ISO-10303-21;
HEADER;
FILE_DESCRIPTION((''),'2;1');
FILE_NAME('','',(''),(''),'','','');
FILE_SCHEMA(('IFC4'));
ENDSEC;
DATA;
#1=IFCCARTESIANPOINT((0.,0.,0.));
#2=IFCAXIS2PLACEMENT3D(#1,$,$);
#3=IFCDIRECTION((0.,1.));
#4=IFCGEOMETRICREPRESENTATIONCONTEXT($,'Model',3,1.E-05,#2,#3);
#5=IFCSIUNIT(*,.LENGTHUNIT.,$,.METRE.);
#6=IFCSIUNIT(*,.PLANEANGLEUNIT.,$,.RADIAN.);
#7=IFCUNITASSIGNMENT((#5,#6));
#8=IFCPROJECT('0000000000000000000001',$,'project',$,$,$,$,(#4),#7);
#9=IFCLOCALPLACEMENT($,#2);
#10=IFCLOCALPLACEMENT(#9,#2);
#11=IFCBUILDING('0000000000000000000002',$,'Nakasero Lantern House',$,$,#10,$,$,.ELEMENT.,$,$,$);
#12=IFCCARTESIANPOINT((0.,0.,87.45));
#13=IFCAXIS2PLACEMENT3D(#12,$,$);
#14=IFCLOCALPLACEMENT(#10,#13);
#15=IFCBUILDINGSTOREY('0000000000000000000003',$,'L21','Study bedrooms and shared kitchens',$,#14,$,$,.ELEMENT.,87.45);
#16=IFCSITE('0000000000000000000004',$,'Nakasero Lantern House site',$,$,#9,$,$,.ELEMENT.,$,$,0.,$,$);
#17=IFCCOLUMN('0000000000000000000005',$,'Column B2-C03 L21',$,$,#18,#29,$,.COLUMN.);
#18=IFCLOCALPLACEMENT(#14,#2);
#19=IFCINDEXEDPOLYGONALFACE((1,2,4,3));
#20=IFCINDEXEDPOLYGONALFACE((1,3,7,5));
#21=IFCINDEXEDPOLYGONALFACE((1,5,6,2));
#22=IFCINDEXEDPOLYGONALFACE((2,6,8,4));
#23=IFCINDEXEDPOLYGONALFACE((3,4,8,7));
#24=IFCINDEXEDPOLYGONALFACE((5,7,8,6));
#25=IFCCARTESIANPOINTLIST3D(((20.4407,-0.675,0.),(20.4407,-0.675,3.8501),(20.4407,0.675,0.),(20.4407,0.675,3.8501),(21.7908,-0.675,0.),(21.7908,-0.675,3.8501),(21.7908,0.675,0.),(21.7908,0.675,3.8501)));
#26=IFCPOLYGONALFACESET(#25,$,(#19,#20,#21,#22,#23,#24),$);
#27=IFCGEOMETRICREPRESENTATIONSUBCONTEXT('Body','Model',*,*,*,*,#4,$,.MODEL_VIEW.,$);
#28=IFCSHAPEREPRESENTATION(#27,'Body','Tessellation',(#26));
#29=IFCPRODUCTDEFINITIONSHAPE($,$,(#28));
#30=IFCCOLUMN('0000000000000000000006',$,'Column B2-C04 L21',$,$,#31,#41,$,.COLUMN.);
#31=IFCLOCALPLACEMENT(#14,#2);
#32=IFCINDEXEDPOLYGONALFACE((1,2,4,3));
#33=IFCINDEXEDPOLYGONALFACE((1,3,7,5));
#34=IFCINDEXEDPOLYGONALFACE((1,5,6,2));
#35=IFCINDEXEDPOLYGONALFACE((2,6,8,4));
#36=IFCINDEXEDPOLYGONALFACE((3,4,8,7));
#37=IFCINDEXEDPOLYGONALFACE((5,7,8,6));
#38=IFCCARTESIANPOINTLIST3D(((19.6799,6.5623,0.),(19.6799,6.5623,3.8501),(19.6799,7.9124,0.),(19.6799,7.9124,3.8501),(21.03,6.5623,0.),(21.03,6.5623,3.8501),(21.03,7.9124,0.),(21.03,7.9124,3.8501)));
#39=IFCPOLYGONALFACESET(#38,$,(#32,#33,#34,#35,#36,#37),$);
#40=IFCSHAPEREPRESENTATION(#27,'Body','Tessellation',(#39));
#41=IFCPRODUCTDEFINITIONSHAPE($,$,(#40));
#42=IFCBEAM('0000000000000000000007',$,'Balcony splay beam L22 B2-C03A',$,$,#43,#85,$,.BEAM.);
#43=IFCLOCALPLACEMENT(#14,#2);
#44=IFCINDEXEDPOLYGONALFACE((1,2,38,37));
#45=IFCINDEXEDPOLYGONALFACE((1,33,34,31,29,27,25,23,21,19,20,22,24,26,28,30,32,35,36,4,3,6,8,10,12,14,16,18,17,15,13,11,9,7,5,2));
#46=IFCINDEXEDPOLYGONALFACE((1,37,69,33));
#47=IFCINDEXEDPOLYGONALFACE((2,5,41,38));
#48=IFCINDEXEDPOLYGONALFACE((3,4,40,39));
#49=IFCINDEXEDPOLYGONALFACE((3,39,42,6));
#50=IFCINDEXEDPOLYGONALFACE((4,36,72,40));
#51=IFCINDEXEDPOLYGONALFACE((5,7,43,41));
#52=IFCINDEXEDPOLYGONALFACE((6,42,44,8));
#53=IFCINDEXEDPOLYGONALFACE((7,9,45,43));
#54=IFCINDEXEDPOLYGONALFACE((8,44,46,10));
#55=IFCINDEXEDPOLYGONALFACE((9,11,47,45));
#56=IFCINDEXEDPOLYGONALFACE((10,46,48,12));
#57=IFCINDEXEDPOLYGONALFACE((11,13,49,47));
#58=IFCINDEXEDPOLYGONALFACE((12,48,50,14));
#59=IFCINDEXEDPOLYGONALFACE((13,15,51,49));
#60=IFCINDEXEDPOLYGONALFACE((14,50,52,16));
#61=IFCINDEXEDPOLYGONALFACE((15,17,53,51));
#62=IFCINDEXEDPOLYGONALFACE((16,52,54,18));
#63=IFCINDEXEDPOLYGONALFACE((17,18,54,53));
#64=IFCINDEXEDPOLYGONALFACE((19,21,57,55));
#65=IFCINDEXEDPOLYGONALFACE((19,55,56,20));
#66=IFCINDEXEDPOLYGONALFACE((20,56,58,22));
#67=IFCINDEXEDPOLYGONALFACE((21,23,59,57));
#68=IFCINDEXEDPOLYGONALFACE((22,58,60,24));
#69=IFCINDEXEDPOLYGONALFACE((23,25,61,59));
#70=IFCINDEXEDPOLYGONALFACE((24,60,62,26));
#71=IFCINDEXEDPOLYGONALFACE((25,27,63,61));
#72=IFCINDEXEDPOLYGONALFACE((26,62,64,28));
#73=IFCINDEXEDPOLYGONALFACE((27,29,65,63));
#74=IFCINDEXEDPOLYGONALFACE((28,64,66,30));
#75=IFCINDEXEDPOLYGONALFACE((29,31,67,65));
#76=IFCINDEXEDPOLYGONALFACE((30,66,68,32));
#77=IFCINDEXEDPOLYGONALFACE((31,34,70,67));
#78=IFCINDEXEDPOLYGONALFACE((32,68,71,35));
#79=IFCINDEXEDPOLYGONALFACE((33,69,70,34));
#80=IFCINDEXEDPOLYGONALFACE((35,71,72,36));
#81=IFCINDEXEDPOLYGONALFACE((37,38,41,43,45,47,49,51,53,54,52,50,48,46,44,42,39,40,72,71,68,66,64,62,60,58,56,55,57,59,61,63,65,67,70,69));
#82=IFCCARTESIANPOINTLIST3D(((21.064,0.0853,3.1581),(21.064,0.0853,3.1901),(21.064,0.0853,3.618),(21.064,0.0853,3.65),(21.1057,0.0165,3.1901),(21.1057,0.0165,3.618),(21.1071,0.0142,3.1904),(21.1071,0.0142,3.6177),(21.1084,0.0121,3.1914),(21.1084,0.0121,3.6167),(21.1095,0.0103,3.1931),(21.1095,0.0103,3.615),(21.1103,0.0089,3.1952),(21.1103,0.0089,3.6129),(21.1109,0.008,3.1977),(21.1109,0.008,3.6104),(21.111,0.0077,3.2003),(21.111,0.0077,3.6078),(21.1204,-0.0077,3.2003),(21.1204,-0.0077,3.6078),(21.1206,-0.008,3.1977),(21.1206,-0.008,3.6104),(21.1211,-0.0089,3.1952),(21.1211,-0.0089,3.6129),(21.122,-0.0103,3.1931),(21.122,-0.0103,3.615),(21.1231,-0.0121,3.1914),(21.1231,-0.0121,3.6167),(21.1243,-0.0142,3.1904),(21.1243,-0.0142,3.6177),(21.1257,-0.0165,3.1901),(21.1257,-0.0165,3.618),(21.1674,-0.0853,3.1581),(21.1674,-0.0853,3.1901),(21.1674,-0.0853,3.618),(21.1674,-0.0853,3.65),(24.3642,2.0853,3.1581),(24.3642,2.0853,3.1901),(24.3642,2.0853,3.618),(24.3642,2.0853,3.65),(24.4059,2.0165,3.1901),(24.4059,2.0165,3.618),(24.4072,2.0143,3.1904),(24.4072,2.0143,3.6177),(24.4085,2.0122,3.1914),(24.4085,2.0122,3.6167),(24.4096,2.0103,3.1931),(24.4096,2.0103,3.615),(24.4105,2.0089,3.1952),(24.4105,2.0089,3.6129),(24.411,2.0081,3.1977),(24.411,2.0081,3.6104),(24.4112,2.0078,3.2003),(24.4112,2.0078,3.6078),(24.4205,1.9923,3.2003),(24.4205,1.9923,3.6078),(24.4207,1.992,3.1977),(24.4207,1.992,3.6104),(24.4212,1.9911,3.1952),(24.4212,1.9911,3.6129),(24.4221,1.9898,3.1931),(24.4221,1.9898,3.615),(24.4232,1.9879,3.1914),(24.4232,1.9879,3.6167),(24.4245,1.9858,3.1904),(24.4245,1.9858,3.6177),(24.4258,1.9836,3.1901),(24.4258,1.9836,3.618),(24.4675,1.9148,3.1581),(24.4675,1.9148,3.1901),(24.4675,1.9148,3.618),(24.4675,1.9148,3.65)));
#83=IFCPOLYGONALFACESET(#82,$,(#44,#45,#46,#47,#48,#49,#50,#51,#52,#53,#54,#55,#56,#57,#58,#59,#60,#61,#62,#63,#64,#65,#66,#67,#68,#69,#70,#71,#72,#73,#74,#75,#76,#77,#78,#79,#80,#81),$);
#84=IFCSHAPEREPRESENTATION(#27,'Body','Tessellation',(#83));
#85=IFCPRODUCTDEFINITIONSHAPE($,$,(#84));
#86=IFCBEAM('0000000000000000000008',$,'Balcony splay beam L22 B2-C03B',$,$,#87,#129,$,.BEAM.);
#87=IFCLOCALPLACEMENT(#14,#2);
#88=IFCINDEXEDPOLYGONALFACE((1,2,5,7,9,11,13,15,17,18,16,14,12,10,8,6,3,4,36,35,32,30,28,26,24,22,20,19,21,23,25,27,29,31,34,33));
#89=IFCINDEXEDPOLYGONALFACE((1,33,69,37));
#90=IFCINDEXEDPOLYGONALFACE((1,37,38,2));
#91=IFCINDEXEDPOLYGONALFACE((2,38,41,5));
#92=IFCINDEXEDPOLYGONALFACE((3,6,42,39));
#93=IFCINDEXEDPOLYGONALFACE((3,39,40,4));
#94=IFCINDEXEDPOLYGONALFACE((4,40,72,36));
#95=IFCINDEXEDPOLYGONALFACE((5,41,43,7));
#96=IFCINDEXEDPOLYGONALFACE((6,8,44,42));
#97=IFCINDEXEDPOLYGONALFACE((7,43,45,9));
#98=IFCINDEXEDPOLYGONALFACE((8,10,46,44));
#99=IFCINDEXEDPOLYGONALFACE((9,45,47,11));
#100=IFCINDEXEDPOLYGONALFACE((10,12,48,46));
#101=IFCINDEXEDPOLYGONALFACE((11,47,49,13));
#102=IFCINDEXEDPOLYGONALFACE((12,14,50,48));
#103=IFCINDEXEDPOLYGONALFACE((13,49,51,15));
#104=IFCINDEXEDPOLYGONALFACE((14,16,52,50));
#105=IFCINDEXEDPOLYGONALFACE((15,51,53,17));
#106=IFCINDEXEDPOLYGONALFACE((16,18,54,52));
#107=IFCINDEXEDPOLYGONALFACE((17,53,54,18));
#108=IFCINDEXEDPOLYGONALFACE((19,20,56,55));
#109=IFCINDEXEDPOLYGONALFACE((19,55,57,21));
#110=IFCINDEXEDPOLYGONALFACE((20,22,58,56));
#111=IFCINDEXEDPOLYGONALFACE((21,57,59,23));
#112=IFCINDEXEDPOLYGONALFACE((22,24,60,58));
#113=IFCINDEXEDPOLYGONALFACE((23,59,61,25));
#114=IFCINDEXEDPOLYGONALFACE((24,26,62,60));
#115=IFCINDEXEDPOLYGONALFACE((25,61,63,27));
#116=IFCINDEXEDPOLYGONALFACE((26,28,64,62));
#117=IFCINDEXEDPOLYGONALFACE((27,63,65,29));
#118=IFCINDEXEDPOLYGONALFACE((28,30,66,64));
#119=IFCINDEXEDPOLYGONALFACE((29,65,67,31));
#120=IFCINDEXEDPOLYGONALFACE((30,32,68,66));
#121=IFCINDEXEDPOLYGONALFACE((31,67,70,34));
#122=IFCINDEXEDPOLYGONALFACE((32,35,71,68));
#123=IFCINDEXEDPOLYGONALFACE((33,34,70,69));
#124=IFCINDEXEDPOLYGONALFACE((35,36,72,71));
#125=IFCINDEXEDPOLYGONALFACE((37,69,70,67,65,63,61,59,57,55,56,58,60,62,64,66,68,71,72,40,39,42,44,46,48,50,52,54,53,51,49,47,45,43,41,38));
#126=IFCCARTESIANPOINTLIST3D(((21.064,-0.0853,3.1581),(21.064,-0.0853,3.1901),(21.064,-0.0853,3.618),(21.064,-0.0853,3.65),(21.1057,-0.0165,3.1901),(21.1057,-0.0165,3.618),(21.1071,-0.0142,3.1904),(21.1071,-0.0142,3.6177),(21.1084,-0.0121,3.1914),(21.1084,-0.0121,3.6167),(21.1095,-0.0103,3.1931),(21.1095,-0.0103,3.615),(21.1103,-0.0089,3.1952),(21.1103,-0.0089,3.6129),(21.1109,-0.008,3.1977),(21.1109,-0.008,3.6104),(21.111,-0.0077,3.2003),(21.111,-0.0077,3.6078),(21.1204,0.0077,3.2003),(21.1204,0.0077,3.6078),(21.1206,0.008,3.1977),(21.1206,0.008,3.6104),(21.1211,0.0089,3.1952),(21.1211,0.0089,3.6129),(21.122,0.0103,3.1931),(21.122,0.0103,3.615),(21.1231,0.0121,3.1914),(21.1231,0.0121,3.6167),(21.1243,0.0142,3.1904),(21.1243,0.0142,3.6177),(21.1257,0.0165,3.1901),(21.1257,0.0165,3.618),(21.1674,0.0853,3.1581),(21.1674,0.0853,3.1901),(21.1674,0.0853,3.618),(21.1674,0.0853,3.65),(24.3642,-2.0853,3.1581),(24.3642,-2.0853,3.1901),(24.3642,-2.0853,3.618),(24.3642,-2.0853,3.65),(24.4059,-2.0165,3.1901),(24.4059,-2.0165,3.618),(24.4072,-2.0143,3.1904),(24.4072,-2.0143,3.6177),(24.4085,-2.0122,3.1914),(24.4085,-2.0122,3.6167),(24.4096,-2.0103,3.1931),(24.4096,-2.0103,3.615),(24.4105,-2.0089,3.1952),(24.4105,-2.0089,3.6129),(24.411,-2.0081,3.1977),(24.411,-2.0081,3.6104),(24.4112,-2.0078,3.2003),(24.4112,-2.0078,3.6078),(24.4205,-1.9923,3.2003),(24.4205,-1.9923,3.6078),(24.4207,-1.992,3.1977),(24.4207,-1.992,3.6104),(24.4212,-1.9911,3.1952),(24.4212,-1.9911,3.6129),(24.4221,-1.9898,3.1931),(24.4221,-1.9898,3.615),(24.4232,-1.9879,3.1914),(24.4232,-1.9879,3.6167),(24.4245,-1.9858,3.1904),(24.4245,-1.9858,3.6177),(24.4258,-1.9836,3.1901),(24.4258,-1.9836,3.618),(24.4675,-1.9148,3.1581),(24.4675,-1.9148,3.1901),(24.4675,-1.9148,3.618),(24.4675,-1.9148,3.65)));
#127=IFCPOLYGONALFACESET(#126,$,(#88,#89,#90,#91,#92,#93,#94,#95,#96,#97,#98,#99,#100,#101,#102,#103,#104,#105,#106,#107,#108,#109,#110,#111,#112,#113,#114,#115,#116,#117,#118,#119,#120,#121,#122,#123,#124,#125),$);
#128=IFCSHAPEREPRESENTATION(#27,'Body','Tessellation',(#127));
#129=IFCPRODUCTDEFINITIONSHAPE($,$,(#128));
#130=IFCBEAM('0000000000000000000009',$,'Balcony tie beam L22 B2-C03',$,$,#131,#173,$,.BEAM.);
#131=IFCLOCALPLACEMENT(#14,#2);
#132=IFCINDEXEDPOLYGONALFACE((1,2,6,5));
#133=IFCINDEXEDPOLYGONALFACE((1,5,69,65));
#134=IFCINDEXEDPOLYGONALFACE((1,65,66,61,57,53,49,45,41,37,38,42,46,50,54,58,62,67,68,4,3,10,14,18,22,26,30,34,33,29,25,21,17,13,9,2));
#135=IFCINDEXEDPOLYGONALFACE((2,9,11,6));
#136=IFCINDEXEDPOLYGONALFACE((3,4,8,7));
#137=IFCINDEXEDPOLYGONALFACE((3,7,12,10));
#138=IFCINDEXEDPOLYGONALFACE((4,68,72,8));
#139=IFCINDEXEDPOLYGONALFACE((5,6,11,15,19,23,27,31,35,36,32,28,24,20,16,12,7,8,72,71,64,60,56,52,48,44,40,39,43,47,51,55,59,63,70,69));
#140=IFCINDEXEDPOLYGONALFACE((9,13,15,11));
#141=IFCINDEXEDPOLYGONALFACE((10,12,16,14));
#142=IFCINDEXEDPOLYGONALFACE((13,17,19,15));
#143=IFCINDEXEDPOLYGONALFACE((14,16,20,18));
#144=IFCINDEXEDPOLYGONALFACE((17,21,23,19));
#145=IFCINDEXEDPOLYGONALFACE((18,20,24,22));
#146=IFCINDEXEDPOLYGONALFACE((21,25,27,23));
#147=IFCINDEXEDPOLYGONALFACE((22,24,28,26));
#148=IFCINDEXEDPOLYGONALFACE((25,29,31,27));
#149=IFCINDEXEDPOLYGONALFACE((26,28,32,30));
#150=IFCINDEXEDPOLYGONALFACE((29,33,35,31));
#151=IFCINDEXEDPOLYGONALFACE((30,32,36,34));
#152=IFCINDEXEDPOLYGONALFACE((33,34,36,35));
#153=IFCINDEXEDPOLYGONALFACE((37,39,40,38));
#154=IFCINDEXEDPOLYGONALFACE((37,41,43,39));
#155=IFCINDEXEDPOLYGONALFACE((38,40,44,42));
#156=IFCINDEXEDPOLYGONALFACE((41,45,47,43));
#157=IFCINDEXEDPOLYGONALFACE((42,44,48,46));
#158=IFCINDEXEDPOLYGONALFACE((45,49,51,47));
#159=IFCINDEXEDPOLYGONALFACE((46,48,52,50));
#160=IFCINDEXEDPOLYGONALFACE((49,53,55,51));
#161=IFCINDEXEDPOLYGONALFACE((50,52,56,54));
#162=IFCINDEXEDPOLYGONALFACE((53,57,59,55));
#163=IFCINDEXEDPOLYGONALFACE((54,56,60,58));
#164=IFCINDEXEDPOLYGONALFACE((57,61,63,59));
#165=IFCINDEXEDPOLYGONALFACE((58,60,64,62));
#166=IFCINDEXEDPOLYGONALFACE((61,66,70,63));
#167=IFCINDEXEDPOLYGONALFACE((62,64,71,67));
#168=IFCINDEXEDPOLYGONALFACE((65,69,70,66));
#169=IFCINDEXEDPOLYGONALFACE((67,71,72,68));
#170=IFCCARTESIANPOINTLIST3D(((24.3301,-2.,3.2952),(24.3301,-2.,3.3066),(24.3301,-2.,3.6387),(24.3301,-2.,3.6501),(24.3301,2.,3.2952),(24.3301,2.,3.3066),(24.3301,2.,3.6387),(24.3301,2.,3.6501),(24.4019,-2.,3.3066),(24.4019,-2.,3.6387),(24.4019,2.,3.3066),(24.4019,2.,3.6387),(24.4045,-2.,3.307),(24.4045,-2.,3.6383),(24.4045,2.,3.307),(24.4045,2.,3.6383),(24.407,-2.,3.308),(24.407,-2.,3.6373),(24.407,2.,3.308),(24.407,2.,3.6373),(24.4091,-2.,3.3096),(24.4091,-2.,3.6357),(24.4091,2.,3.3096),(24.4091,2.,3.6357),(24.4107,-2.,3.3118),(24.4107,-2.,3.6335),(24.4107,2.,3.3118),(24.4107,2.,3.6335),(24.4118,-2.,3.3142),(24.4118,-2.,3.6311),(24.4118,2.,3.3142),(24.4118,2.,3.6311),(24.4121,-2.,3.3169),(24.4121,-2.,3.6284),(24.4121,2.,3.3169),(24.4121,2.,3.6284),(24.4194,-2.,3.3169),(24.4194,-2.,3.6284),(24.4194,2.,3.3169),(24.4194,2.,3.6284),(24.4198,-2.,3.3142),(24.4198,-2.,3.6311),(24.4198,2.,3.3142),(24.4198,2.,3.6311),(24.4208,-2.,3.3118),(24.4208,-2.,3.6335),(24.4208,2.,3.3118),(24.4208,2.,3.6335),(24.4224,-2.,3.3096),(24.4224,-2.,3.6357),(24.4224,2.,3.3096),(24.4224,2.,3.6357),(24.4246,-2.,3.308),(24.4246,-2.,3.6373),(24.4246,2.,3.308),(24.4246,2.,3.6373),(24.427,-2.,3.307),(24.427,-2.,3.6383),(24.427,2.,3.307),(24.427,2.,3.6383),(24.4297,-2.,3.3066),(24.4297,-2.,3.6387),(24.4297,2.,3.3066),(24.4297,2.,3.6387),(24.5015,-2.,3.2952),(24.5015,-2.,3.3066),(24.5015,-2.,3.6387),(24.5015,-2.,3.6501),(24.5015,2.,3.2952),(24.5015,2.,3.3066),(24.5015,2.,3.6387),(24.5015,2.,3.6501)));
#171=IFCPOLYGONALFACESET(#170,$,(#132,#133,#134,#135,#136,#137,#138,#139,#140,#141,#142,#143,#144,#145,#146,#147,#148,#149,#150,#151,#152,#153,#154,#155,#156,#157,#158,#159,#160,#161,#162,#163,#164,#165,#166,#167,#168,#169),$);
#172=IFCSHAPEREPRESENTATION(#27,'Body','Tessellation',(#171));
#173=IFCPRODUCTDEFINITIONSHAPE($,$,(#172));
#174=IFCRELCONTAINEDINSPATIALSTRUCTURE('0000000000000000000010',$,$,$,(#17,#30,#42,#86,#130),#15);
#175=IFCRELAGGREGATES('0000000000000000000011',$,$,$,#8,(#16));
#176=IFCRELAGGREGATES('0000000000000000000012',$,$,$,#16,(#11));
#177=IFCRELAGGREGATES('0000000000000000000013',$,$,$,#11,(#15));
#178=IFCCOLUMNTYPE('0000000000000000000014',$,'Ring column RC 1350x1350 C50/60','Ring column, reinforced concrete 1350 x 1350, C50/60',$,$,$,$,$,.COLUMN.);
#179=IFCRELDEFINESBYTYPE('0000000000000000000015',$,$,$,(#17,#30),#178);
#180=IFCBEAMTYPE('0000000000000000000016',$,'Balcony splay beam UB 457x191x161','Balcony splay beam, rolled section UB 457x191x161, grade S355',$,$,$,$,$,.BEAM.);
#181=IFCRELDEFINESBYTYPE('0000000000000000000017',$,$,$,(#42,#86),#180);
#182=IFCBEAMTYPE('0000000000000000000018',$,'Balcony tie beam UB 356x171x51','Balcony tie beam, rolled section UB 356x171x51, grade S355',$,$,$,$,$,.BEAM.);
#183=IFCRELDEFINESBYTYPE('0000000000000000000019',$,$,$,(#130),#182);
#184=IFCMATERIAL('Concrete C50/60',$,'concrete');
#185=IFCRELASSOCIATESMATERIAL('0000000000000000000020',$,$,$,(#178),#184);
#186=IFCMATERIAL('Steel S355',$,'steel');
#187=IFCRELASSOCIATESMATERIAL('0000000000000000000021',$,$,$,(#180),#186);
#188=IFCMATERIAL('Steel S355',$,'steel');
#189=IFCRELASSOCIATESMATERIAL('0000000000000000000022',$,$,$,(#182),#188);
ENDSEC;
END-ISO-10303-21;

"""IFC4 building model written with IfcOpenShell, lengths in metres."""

from ifc_helpers import new_model, si_unit, direction, frame, origin, origin_2d, place, context, subcontext, project, spatial, rectangle, i_section, extrude, material, material_profile, profile_set, type_object, element, save


model = new_model("IFC4")

# Units and contexts
model_context = context("Model", 3, precision=1e-05, world=origin(), true_north=direction((0.0, 1.0)))
body_context = subcontext(model_context, "Body", "Model", "MODEL_VIEW")
ifc_project = project(units=[si_unit("LENGTHUNIT", "METRE"), si_unit("PLANEANGLEUNIT", "RADIAN")], contexts=[model_context])

# Site, building, storey
site_placement = place(None, origin())
site = spatial("IfcSite", under=ifc_project, at=site_placement, Name="Nakasero Lantern House site", CompositionType="ELEMENT", RefElevation=0.0)
building_placement = place(site_placement, origin())
building = spatial("IfcBuilding", under=site, at=building_placement, Name="Nakasero Lantern House", CompositionType="ELEMENT")
storey_placement = place(building_placement, frame((0.0, 0.0, 87.45)))
storey = spatial("IfcBuildingStorey", under=building, at=storey_placement, Name="L21", Description="Study bedrooms and shared kitchens", CompositionType="ELEMENT", Elevation=87.45)

# Columns
ifc_material_1 = material(Name="Concrete C50/60", Category="concrete")
ifc_material_profile_1 = material_profile(ifc_material_1, rectangle(XDim=1.3501, YDim=1.3501, at=origin_2d()), Name="RC 1350x1350")
ifc_profile_set_1 = profile_set([ifc_material_profile_1], Name="Concrete C50/60")
column_type = type_object("IfcColumnType", Name="Ring column RC 1350x1350 C50/60", Description="Ring column, reinforced concrete 1350 x 1350, C50/60", PredefinedType="COLUMN", material=ifc_profile_set_1)
for number, where, z_axis, x_axis, name in (
    (1, (21.1157, 0.0, 0.0), (0.0, 0.0, 1.0), (1.0, 0.0, 0.0), "Column B2-C03 L21"),
    (2, (20.355, 7.2373, 0.0), (0.0, 0.0, 1.0), (1.0, 0.0, 0.0), "Column B2-C04 L21"),
):
    element("IfcColumn", number, at=place(storey_placement, frame(where, z_axis=z_axis, x_axis=x_axis)), inside=storey, type_object=column_type, Name=name, PredefinedType="COLUMN", context=body_context, shape_type="SweptSolid", body=[
        extrude(rectangle(XDim=1.3501, YDim=1.3501, at=origin_2d()), origin(), (0.0, 0.0, 1.0), 3.8501),
    ])

# Beams
ifc_material_2 = material(Name="Steel S355", Category="steel")
ifc_material_profile_2 = material_profile(ifc_material_2, i_section(OverallWidth=0.1995, OverallDepth=0.4919, WebThickness=0.0181, FlangeThickness=0.032, FilletRadius=0.0103, at=origin_2d()), Name="UB 457x191x161")
ifc_profile_set_2 = profile_set([ifc_material_profile_2], Name="Steel S355")
beam_type_1 = type_object("IfcBeamType", Name="Balcony splay beam UB 457x191x161", Description="Balcony splay beam, rolled section UB 457x191x161, grade S355", PredefinedType="BEAM", material=ifc_profile_set_2)
for number, where, z_axis, x_axis, name in (
    (3, (21.1157, 0.0, 3.4041), (0.855201, 0.518296, 0.0), (-0.518296, 0.855201, 0.0), "Balcony splay beam L22 B2-C03A"),
    (4, (21.1157, 0.0, 3.4041), (0.855201, -0.518296, 0.0), (0.518296, 0.855201, 0.0), "Balcony splay beam L22 B2-C03B"),
):
    element("IfcBeam", number, at=place(storey_placement, frame(where, z_axis=z_axis, x_axis=x_axis)), inside=storey, type_object=beam_type_1, Name=name, PredefinedType="BEAM", context=body_context, shape_type="SweptSolid", body=[
        extrude(i_section(OverallWidth=0.1995, OverallDepth=0.4919, WebThickness=0.0181, FlangeThickness=0.032, FilletRadius=0.0103, at=origin_2d()), origin(), (0.0, 0.0, 1.0), 3.8589),
    ])
ifc_material_3 = material(Name="Steel S355", Category="steel")
ifc_material_profile_3 = material_profile(ifc_material_3, i_section(OverallWidth=0.1714, OverallDepth=0.355, WebThickness=0.0073, FlangeThickness=0.0115, FilletRadius=0.0103, at=origin_2d()), Name="UB 356x171x51")
ifc_profile_set_3 = profile_set([ifc_material_profile_3], Name="Steel S355")
beam_type_2 = type_object("IfcBeamType", Name="Balcony tie beam UB 356x171x51", Description="Balcony tie beam, rolled section UB 356x171x51, grade S355", PredefinedType="BEAM", material=ifc_profile_set_3)
beam_1_placement = place(storey_placement, frame((24.4158, 2.0, 3.4727), z_axis=(0.0, -1.0, 0.0), x_axis=(1.0, 0.0, 0.0)))
element("IfcBeam", 5, at=beam_1_placement, inside=storey, type_object=beam_type_2, Name="Balcony tie beam L22 B2-C03", PredefinedType="BEAM", context=body_context, shape_type="SweptSolid", body=[
    extrude(i_section(OverallWidth=0.1714, OverallDepth=0.355, WebThickness=0.0073, FlangeThickness=0.0115, FilletRadius=0.0103, at=origin_2d()), origin(), (0.0, 0.0, 1.0), 4.0),
])

save(model, "model.ifc")
